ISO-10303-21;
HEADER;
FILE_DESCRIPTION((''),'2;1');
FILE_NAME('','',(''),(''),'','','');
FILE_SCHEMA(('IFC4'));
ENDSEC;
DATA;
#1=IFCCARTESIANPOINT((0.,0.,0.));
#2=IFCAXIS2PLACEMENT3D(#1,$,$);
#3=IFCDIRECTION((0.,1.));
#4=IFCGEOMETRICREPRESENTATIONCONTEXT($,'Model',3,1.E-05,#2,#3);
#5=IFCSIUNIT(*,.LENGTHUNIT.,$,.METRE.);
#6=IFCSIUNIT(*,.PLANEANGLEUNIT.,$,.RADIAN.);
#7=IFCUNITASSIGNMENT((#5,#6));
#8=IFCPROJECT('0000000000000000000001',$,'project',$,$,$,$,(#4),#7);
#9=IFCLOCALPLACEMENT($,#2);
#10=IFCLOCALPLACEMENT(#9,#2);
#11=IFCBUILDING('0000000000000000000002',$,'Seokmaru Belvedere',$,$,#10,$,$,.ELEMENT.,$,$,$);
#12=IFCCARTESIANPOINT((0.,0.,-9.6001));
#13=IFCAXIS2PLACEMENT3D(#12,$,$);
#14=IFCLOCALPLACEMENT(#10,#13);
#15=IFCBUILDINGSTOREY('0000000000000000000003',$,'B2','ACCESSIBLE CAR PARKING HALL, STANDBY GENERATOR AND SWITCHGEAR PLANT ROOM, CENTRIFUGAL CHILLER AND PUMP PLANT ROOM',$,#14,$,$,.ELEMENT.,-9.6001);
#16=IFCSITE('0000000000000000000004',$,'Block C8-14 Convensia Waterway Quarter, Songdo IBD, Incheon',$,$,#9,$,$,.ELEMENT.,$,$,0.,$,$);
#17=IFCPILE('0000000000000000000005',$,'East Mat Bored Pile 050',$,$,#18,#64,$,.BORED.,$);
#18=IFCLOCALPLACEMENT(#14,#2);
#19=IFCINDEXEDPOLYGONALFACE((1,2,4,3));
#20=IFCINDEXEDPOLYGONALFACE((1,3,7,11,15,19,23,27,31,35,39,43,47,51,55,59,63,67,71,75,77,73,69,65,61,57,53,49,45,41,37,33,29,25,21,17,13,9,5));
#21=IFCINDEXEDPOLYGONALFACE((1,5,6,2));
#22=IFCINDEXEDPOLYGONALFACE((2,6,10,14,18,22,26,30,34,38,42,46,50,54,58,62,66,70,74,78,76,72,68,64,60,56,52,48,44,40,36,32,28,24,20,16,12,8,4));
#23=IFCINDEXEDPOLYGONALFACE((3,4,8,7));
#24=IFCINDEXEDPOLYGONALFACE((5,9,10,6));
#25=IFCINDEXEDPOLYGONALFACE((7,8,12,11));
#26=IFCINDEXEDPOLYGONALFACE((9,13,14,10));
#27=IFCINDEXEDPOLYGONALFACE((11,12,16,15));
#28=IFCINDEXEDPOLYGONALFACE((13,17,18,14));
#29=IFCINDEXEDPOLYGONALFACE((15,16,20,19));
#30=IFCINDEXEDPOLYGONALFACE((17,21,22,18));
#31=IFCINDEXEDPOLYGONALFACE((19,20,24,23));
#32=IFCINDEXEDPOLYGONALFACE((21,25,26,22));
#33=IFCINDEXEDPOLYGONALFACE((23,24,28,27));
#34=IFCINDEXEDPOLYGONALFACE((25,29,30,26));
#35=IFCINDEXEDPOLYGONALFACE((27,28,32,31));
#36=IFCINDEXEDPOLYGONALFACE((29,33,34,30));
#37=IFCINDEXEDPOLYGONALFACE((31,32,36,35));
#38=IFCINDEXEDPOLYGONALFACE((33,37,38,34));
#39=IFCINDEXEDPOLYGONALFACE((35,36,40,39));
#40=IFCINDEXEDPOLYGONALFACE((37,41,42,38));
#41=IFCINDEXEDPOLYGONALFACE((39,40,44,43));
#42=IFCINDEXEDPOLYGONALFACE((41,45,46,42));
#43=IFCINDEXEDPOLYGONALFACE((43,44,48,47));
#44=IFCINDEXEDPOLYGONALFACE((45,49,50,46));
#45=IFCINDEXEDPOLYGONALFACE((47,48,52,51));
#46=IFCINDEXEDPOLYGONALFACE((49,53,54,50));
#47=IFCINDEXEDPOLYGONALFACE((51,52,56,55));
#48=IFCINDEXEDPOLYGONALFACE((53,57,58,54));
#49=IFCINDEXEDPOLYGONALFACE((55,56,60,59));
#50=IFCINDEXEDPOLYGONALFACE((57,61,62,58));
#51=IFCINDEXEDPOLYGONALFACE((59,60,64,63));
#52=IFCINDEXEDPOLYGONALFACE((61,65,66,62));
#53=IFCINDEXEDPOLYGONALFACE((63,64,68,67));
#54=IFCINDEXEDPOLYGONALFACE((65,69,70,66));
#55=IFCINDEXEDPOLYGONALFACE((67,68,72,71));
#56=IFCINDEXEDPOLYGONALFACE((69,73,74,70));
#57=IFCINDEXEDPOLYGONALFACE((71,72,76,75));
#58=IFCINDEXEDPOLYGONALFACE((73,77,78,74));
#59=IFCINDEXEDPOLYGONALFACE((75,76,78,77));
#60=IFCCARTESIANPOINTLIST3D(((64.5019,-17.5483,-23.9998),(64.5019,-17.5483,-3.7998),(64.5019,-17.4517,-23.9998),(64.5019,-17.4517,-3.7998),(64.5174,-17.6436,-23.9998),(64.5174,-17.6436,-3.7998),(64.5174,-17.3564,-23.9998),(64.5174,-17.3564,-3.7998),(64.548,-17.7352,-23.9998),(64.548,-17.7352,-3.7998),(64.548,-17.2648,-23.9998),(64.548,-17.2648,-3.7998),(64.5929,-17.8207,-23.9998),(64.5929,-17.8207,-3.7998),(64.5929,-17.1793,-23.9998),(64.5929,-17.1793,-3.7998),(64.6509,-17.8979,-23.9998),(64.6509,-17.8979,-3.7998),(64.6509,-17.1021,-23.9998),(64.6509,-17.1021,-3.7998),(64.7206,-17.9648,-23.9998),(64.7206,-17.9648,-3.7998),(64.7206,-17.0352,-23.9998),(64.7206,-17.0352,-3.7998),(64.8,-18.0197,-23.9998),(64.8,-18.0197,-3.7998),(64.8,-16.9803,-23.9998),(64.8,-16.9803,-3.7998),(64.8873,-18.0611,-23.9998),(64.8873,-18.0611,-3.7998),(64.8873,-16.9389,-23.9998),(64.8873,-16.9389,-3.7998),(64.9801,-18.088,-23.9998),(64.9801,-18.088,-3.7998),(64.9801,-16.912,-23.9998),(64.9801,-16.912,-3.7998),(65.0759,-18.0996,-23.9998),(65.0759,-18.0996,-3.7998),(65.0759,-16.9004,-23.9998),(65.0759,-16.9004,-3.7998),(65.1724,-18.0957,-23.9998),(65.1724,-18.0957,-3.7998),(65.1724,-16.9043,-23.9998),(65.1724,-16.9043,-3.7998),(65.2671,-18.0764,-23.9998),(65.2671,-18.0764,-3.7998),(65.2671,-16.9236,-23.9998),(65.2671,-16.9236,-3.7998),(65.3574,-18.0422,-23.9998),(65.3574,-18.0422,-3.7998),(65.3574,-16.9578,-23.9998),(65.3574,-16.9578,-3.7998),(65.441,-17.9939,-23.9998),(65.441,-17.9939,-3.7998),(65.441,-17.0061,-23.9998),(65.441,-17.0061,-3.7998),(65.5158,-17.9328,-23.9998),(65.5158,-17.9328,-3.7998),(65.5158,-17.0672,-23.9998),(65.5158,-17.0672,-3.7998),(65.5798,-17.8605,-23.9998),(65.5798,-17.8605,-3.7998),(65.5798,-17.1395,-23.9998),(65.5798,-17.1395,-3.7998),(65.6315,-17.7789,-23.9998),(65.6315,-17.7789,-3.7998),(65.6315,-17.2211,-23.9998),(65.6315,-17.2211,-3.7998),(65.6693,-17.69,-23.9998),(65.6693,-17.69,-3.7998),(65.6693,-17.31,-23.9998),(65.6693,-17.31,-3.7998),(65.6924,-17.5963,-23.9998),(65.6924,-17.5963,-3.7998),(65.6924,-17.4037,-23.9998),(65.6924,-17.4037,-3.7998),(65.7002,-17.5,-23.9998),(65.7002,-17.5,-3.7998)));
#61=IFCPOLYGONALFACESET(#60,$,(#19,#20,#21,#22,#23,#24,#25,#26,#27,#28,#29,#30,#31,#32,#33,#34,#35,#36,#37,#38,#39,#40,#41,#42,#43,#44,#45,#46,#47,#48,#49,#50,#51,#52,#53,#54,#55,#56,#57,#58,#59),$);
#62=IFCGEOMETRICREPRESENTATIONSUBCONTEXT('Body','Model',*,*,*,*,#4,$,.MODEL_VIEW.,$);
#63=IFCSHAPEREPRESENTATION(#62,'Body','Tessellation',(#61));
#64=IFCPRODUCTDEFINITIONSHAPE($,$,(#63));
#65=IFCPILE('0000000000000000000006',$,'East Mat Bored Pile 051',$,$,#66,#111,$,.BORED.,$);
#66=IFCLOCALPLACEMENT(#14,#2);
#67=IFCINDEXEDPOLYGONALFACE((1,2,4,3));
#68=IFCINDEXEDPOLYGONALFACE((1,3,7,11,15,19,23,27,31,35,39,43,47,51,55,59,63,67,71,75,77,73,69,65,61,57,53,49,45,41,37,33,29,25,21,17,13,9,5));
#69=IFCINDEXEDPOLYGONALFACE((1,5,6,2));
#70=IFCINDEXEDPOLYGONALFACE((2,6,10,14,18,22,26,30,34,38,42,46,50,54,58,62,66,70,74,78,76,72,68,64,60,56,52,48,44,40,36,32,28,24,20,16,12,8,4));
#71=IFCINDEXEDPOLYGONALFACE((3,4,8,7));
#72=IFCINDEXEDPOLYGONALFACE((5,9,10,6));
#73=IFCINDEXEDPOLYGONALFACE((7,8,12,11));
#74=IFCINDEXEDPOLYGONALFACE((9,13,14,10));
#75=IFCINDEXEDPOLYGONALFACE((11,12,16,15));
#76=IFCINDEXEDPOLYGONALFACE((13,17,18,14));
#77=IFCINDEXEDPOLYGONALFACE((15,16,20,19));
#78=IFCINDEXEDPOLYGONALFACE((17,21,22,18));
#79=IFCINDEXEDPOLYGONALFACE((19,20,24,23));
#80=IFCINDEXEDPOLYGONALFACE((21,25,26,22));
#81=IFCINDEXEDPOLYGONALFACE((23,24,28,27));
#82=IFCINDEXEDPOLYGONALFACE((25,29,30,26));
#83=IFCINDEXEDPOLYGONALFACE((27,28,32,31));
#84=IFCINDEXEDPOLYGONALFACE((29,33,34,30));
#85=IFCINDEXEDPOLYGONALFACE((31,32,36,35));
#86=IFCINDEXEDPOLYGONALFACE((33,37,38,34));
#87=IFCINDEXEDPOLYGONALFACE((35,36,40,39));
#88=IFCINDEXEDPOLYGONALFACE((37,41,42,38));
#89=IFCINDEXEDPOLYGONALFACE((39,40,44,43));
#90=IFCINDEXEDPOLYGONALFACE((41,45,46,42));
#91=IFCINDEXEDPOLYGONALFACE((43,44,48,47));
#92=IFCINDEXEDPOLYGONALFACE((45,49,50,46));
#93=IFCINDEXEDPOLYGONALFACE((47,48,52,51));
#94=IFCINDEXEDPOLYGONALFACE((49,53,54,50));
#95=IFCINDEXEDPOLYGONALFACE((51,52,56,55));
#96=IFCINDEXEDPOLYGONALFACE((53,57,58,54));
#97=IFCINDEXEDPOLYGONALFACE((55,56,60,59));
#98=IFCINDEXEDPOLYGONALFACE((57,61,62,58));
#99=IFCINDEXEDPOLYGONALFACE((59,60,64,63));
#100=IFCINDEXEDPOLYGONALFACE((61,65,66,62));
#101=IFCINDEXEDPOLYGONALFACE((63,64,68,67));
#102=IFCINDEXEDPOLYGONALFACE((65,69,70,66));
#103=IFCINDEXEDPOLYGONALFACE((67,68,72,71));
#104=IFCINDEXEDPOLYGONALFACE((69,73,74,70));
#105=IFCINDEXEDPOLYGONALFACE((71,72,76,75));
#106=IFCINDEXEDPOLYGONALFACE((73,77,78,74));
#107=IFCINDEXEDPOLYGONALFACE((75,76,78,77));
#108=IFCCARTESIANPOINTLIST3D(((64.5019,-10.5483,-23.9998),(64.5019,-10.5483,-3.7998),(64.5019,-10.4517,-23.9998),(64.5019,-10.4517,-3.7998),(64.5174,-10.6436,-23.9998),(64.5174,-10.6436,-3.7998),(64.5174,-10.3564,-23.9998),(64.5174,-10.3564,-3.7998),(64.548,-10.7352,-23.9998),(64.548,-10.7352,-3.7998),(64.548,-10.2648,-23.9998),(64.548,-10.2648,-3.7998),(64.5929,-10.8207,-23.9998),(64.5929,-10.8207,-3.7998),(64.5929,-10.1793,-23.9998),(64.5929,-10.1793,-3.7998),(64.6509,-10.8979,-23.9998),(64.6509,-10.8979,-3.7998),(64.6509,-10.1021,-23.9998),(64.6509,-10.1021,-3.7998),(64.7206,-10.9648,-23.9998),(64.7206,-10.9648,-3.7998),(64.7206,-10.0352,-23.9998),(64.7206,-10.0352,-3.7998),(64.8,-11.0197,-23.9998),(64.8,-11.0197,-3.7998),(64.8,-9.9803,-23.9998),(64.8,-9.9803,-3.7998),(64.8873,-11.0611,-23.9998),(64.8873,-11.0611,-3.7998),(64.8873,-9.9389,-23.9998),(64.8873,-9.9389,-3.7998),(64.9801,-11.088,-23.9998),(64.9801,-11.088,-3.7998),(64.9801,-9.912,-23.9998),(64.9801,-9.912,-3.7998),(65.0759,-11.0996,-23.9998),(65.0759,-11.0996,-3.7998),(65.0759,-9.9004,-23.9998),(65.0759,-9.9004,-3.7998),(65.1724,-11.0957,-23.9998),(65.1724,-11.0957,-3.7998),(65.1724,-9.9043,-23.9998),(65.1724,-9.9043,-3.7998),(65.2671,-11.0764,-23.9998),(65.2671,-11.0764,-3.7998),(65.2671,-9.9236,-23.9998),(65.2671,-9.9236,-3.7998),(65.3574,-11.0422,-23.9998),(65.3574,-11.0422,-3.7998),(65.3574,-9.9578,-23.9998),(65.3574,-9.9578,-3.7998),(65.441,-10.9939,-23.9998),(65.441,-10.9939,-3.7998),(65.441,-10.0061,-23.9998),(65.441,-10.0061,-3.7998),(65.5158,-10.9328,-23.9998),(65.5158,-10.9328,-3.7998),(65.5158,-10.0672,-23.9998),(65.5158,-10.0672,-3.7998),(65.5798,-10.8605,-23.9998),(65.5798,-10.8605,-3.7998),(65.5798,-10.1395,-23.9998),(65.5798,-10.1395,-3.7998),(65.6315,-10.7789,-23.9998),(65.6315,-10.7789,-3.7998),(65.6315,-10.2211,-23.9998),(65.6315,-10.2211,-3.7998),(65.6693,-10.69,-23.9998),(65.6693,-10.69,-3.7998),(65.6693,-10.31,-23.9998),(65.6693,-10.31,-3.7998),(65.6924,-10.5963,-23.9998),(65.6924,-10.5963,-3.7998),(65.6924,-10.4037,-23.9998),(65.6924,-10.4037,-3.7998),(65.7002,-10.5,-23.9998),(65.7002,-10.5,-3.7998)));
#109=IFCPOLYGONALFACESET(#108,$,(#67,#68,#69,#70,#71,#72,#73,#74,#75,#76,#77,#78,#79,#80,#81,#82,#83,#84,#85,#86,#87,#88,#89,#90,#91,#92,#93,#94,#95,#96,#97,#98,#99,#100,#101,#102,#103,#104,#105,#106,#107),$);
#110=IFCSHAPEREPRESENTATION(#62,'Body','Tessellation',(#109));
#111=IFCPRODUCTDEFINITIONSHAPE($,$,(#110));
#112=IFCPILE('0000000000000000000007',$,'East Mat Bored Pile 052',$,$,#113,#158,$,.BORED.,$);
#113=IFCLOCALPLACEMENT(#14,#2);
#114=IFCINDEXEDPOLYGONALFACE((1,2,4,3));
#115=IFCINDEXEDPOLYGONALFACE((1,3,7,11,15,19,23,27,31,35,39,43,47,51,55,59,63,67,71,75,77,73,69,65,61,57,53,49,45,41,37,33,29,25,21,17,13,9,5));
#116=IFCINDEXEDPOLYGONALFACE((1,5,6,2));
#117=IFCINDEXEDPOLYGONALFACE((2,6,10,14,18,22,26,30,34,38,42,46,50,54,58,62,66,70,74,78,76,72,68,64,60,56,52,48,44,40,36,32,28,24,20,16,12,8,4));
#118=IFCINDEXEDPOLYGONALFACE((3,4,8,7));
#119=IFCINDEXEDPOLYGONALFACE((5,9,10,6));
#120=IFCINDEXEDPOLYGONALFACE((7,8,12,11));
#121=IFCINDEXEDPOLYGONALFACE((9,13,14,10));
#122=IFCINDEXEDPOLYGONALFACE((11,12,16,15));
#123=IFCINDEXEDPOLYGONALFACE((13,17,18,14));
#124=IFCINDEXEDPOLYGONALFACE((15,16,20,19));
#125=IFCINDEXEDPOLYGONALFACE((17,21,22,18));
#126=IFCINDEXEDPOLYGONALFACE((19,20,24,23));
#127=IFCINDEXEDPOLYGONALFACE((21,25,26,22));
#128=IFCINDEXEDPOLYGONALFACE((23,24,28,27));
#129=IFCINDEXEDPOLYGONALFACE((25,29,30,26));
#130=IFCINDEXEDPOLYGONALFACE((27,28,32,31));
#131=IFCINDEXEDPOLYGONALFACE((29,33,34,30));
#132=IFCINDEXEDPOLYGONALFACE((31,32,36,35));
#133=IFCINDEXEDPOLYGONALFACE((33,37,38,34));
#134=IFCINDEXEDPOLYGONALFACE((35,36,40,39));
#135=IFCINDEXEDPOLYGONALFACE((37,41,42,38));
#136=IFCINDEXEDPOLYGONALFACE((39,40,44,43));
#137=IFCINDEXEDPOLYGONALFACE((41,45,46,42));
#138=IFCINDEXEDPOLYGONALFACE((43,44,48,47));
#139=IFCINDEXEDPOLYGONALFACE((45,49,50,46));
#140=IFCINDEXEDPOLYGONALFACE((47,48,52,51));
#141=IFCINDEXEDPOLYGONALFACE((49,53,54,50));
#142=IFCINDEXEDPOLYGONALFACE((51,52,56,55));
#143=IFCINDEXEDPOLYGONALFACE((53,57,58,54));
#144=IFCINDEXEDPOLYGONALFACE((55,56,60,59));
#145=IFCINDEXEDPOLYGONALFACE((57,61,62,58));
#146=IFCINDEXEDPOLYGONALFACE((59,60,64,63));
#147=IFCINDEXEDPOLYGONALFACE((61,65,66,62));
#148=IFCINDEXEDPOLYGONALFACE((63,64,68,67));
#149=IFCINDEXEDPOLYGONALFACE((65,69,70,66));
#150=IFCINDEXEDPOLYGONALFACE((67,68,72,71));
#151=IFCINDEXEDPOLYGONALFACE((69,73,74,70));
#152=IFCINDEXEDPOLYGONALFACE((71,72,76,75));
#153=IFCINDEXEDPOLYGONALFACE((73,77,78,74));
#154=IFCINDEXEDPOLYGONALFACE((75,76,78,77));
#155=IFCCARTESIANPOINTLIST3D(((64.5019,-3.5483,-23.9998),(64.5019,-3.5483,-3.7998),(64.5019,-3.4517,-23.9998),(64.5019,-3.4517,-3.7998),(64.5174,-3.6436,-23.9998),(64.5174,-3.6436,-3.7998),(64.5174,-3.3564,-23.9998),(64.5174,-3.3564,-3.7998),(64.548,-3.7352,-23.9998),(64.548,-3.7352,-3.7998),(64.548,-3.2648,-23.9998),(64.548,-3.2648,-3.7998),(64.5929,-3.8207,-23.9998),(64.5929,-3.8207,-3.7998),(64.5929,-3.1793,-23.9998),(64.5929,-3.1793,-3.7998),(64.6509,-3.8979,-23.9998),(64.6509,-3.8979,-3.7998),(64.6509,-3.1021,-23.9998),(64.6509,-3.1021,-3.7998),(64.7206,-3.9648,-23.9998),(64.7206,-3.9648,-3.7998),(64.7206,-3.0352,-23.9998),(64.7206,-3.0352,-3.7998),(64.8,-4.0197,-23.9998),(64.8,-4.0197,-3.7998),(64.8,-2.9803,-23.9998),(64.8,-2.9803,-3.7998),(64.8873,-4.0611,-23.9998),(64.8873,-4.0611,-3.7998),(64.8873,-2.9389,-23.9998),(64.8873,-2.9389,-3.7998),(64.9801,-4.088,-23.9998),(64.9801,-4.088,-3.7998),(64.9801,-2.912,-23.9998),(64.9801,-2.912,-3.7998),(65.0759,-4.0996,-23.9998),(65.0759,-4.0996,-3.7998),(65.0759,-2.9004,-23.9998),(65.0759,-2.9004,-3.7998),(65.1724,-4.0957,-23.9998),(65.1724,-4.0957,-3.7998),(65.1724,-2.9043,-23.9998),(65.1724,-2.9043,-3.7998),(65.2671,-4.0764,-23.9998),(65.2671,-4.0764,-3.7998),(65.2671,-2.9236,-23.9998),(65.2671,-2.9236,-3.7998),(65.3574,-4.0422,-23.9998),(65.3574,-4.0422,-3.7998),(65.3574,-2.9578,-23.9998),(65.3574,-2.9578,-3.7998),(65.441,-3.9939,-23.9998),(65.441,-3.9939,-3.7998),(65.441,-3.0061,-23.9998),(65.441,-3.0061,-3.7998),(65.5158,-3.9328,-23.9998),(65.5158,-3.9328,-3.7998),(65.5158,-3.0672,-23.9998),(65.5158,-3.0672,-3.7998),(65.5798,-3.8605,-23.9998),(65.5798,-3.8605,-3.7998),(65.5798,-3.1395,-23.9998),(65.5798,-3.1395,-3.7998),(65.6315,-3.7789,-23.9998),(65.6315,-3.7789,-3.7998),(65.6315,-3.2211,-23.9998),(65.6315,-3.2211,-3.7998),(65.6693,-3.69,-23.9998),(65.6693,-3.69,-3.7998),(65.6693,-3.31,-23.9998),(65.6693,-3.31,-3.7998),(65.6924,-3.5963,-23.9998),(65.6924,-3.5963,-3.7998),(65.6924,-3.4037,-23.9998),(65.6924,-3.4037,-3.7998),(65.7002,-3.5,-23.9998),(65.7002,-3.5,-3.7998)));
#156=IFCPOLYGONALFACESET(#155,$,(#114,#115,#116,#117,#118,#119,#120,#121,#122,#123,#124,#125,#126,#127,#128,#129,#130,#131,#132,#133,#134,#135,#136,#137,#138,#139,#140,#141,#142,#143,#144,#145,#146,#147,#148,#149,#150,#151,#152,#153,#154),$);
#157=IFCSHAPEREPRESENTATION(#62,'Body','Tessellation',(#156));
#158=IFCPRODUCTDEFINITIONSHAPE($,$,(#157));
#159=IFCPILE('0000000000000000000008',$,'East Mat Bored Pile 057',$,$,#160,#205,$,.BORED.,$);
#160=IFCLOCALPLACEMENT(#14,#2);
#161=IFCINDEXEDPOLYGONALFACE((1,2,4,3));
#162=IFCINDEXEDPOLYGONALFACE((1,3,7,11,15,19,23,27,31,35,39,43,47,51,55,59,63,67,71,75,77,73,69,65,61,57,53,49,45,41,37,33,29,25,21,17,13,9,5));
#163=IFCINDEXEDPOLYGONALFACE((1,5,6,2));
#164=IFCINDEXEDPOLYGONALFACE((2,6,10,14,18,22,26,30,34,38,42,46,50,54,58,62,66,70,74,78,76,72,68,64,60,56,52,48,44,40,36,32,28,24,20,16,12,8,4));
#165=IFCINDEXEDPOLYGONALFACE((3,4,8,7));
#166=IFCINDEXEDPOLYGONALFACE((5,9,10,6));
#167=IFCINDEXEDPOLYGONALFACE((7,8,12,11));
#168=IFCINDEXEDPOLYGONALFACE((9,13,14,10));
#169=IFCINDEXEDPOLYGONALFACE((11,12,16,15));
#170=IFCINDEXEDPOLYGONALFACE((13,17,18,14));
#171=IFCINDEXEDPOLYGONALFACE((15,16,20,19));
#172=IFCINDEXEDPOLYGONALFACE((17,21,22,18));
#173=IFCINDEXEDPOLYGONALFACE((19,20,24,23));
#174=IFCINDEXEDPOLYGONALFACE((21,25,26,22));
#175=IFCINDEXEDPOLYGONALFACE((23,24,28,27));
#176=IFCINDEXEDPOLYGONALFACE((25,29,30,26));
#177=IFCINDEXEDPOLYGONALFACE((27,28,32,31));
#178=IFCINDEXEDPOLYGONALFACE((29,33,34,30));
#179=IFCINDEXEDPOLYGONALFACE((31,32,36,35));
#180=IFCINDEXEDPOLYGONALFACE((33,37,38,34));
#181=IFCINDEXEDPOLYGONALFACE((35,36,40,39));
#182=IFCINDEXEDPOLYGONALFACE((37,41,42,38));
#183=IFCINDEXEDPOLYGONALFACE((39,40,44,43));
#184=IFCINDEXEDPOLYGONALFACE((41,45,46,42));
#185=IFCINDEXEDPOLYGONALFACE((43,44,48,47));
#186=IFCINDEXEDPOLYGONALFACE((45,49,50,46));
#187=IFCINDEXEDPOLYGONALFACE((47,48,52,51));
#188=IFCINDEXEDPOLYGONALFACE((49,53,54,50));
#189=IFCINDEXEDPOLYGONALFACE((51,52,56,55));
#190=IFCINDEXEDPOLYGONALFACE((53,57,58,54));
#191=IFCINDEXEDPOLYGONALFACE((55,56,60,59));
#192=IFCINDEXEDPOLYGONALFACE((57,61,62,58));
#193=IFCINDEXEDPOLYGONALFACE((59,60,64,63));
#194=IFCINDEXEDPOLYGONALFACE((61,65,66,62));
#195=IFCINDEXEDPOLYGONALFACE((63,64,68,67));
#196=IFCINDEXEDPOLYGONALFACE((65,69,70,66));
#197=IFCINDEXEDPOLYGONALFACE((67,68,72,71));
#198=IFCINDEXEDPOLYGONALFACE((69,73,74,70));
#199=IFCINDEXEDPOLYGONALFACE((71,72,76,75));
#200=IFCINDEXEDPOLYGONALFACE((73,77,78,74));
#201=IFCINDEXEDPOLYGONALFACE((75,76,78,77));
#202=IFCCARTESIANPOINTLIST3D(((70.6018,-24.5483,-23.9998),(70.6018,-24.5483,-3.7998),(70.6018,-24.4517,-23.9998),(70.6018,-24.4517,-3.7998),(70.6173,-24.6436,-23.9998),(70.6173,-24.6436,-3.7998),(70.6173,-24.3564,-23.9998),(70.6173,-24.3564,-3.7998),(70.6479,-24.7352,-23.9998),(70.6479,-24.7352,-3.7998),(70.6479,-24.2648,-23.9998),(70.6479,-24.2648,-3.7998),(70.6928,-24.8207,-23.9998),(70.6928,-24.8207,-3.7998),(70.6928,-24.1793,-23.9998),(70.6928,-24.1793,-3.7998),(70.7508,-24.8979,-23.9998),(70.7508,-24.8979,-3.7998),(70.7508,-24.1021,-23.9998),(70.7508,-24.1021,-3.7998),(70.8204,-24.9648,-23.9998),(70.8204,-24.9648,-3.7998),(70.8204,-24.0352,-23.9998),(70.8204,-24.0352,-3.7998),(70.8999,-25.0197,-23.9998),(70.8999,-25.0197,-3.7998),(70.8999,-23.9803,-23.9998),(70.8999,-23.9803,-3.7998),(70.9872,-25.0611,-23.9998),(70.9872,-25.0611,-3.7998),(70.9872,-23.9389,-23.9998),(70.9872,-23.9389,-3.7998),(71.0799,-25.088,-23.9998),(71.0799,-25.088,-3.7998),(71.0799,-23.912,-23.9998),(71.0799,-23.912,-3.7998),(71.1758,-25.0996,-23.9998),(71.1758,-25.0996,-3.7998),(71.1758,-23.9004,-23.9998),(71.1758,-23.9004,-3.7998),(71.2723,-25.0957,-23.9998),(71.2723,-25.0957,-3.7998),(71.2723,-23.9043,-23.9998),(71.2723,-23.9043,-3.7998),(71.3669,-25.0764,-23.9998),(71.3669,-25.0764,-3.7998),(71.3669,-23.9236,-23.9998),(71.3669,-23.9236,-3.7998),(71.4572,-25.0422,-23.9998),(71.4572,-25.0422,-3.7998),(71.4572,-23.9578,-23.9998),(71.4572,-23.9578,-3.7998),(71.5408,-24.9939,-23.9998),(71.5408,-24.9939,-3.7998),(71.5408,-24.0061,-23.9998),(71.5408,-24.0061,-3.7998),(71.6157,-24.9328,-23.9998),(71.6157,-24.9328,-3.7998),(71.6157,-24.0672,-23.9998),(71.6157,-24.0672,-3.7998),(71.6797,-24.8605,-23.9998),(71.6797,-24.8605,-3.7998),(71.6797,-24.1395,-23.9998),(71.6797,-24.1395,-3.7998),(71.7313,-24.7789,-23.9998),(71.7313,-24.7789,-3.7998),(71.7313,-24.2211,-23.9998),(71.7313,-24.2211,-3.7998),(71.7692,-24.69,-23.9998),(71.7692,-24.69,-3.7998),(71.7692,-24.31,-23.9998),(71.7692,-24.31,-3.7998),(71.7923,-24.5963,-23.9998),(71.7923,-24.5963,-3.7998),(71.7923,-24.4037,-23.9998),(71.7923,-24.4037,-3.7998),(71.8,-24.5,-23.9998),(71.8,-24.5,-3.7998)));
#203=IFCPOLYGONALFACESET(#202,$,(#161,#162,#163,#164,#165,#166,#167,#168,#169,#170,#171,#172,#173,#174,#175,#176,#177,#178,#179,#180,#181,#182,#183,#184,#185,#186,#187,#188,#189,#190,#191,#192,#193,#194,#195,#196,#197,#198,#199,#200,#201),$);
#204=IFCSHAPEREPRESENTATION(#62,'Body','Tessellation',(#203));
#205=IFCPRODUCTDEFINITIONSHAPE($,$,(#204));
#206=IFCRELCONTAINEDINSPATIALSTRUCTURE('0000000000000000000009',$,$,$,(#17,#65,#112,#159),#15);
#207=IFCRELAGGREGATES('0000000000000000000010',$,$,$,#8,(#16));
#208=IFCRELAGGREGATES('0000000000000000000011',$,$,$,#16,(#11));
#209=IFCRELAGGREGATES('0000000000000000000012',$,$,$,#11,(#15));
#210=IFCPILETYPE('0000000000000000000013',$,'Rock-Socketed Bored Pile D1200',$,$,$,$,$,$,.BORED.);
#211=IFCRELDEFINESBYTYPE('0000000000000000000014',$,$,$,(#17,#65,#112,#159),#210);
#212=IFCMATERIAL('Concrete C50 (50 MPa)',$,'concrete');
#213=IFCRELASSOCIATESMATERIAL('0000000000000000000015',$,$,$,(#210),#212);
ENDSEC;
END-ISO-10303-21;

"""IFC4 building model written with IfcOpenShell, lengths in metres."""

from ifc_helpers import new_model, si_unit, direction, frame, origin, origin_2d, place, context, subcontext, project, spatial, circle, extrude, source, transform, mapped, material, material_profile, profile_set, type_object, type_shapes, element, save


model = new_model("IFC4")

# Units and contexts
model_context = context("Model", 3, precision=1e-05, world=origin(), true_north=direction((0.0, 1.0)))
body_context = subcontext(model_context, "Body", "Model", "MODEL_VIEW")
ifc_project = project(units=[si_unit("LENGTHUNIT", "METRE"), si_unit("PLANEANGLEUNIT", "RADIAN")], contexts=[model_context])

# Site, building, storey
site_placement = place(None, origin())
site = spatial("IfcSite", under=ifc_project, at=site_placement, Name="Block C8-14 Convensia Waterway Quarter, Songdo IBD, Incheon", CompositionType="ELEMENT", RefElevation=0.0)
building_placement = place(site_placement, origin())
building = spatial("IfcBuilding", under=site, at=building_placement, Name="Seokmaru Belvedere", CompositionType="ELEMENT")
storey_placement = place(building_placement, frame((0.0, 0.0, -9.6001)))
storey = spatial("IfcBuildingStorey", under=building, at=storey_placement, Name="B2", Description="ACCESSIBLE CAR PARKING HALL, STANDBY GENERATOR AND SWITCHGEAR PLANT ROOM, CENTRIFUGAL CHILLER AND PUMP PLANT ROOM", CompositionType="ELEMENT", Elevation=-9.6001)

# Shared definitions
ifc_material_1 = material(Name="Concrete C50 (50 MPa)", Category="concrete")

# Piles
ifc_material_profile_1 = material_profile(ifc_material_1, circle(Radius=0.6001, at=origin_2d()), Name="PILE-D1200")
ifc_profile_set_1 = profile_set([ifc_material_profile_1], Name="Concrete C50 (50 MPa)")
pile_type_1 = type_object("IfcPileType", Name="Rock-Socketed Bored Pile D1200", PredefinedType="BORED", material=ifc_profile_set_1)
shared_shape_1 = source(origin(), body_context, "Body", "SweptSolid", [
    extrude(circle(Radius=0.6001, at=origin_2d()), origin(), (0.0, 0.0, 1.0), 20.2),
])
type_shapes(pile_type_1, [shared_shape_1])
for number, where, z_axis, x_axis, name in (
    (1, (65.1001, -17.5, -3.7998), (0.0, 0.0, -1.0), (1.0, 0.0, 0.0), "East Mat Bored Pile 050"),
    (2, (65.1001, -10.5, -3.7998), (0.0, 0.0, -1.0), (1.0, 0.0, 0.0), "East Mat Bored Pile 051"),
    (3, (65.1001, -3.5, -3.7998), (0.0, 0.0, -1.0), (1.0, 0.0, 0.0), "East Mat Bored Pile 052"),
    (4, (71.2, -24.5, -3.7998), (0.0, 0.0, -1.0), (1.0, 0.0, 0.0), "East Mat Bored Pile 057"),
):
    element("IfcPile", number, at=place(storey_placement, frame(where, z_axis=z_axis, x_axis=x_axis)), inside=storey, type_object=pile_type_1, Name=name, PredefinedType="BORED", context=body_context, shape_type="MappedRepresentation", body=[
        mapped(shared_shape_1, transform((0.0, 0.0, 0.0), scale=1.0)),
    ])

save(model, "model.ifc")
